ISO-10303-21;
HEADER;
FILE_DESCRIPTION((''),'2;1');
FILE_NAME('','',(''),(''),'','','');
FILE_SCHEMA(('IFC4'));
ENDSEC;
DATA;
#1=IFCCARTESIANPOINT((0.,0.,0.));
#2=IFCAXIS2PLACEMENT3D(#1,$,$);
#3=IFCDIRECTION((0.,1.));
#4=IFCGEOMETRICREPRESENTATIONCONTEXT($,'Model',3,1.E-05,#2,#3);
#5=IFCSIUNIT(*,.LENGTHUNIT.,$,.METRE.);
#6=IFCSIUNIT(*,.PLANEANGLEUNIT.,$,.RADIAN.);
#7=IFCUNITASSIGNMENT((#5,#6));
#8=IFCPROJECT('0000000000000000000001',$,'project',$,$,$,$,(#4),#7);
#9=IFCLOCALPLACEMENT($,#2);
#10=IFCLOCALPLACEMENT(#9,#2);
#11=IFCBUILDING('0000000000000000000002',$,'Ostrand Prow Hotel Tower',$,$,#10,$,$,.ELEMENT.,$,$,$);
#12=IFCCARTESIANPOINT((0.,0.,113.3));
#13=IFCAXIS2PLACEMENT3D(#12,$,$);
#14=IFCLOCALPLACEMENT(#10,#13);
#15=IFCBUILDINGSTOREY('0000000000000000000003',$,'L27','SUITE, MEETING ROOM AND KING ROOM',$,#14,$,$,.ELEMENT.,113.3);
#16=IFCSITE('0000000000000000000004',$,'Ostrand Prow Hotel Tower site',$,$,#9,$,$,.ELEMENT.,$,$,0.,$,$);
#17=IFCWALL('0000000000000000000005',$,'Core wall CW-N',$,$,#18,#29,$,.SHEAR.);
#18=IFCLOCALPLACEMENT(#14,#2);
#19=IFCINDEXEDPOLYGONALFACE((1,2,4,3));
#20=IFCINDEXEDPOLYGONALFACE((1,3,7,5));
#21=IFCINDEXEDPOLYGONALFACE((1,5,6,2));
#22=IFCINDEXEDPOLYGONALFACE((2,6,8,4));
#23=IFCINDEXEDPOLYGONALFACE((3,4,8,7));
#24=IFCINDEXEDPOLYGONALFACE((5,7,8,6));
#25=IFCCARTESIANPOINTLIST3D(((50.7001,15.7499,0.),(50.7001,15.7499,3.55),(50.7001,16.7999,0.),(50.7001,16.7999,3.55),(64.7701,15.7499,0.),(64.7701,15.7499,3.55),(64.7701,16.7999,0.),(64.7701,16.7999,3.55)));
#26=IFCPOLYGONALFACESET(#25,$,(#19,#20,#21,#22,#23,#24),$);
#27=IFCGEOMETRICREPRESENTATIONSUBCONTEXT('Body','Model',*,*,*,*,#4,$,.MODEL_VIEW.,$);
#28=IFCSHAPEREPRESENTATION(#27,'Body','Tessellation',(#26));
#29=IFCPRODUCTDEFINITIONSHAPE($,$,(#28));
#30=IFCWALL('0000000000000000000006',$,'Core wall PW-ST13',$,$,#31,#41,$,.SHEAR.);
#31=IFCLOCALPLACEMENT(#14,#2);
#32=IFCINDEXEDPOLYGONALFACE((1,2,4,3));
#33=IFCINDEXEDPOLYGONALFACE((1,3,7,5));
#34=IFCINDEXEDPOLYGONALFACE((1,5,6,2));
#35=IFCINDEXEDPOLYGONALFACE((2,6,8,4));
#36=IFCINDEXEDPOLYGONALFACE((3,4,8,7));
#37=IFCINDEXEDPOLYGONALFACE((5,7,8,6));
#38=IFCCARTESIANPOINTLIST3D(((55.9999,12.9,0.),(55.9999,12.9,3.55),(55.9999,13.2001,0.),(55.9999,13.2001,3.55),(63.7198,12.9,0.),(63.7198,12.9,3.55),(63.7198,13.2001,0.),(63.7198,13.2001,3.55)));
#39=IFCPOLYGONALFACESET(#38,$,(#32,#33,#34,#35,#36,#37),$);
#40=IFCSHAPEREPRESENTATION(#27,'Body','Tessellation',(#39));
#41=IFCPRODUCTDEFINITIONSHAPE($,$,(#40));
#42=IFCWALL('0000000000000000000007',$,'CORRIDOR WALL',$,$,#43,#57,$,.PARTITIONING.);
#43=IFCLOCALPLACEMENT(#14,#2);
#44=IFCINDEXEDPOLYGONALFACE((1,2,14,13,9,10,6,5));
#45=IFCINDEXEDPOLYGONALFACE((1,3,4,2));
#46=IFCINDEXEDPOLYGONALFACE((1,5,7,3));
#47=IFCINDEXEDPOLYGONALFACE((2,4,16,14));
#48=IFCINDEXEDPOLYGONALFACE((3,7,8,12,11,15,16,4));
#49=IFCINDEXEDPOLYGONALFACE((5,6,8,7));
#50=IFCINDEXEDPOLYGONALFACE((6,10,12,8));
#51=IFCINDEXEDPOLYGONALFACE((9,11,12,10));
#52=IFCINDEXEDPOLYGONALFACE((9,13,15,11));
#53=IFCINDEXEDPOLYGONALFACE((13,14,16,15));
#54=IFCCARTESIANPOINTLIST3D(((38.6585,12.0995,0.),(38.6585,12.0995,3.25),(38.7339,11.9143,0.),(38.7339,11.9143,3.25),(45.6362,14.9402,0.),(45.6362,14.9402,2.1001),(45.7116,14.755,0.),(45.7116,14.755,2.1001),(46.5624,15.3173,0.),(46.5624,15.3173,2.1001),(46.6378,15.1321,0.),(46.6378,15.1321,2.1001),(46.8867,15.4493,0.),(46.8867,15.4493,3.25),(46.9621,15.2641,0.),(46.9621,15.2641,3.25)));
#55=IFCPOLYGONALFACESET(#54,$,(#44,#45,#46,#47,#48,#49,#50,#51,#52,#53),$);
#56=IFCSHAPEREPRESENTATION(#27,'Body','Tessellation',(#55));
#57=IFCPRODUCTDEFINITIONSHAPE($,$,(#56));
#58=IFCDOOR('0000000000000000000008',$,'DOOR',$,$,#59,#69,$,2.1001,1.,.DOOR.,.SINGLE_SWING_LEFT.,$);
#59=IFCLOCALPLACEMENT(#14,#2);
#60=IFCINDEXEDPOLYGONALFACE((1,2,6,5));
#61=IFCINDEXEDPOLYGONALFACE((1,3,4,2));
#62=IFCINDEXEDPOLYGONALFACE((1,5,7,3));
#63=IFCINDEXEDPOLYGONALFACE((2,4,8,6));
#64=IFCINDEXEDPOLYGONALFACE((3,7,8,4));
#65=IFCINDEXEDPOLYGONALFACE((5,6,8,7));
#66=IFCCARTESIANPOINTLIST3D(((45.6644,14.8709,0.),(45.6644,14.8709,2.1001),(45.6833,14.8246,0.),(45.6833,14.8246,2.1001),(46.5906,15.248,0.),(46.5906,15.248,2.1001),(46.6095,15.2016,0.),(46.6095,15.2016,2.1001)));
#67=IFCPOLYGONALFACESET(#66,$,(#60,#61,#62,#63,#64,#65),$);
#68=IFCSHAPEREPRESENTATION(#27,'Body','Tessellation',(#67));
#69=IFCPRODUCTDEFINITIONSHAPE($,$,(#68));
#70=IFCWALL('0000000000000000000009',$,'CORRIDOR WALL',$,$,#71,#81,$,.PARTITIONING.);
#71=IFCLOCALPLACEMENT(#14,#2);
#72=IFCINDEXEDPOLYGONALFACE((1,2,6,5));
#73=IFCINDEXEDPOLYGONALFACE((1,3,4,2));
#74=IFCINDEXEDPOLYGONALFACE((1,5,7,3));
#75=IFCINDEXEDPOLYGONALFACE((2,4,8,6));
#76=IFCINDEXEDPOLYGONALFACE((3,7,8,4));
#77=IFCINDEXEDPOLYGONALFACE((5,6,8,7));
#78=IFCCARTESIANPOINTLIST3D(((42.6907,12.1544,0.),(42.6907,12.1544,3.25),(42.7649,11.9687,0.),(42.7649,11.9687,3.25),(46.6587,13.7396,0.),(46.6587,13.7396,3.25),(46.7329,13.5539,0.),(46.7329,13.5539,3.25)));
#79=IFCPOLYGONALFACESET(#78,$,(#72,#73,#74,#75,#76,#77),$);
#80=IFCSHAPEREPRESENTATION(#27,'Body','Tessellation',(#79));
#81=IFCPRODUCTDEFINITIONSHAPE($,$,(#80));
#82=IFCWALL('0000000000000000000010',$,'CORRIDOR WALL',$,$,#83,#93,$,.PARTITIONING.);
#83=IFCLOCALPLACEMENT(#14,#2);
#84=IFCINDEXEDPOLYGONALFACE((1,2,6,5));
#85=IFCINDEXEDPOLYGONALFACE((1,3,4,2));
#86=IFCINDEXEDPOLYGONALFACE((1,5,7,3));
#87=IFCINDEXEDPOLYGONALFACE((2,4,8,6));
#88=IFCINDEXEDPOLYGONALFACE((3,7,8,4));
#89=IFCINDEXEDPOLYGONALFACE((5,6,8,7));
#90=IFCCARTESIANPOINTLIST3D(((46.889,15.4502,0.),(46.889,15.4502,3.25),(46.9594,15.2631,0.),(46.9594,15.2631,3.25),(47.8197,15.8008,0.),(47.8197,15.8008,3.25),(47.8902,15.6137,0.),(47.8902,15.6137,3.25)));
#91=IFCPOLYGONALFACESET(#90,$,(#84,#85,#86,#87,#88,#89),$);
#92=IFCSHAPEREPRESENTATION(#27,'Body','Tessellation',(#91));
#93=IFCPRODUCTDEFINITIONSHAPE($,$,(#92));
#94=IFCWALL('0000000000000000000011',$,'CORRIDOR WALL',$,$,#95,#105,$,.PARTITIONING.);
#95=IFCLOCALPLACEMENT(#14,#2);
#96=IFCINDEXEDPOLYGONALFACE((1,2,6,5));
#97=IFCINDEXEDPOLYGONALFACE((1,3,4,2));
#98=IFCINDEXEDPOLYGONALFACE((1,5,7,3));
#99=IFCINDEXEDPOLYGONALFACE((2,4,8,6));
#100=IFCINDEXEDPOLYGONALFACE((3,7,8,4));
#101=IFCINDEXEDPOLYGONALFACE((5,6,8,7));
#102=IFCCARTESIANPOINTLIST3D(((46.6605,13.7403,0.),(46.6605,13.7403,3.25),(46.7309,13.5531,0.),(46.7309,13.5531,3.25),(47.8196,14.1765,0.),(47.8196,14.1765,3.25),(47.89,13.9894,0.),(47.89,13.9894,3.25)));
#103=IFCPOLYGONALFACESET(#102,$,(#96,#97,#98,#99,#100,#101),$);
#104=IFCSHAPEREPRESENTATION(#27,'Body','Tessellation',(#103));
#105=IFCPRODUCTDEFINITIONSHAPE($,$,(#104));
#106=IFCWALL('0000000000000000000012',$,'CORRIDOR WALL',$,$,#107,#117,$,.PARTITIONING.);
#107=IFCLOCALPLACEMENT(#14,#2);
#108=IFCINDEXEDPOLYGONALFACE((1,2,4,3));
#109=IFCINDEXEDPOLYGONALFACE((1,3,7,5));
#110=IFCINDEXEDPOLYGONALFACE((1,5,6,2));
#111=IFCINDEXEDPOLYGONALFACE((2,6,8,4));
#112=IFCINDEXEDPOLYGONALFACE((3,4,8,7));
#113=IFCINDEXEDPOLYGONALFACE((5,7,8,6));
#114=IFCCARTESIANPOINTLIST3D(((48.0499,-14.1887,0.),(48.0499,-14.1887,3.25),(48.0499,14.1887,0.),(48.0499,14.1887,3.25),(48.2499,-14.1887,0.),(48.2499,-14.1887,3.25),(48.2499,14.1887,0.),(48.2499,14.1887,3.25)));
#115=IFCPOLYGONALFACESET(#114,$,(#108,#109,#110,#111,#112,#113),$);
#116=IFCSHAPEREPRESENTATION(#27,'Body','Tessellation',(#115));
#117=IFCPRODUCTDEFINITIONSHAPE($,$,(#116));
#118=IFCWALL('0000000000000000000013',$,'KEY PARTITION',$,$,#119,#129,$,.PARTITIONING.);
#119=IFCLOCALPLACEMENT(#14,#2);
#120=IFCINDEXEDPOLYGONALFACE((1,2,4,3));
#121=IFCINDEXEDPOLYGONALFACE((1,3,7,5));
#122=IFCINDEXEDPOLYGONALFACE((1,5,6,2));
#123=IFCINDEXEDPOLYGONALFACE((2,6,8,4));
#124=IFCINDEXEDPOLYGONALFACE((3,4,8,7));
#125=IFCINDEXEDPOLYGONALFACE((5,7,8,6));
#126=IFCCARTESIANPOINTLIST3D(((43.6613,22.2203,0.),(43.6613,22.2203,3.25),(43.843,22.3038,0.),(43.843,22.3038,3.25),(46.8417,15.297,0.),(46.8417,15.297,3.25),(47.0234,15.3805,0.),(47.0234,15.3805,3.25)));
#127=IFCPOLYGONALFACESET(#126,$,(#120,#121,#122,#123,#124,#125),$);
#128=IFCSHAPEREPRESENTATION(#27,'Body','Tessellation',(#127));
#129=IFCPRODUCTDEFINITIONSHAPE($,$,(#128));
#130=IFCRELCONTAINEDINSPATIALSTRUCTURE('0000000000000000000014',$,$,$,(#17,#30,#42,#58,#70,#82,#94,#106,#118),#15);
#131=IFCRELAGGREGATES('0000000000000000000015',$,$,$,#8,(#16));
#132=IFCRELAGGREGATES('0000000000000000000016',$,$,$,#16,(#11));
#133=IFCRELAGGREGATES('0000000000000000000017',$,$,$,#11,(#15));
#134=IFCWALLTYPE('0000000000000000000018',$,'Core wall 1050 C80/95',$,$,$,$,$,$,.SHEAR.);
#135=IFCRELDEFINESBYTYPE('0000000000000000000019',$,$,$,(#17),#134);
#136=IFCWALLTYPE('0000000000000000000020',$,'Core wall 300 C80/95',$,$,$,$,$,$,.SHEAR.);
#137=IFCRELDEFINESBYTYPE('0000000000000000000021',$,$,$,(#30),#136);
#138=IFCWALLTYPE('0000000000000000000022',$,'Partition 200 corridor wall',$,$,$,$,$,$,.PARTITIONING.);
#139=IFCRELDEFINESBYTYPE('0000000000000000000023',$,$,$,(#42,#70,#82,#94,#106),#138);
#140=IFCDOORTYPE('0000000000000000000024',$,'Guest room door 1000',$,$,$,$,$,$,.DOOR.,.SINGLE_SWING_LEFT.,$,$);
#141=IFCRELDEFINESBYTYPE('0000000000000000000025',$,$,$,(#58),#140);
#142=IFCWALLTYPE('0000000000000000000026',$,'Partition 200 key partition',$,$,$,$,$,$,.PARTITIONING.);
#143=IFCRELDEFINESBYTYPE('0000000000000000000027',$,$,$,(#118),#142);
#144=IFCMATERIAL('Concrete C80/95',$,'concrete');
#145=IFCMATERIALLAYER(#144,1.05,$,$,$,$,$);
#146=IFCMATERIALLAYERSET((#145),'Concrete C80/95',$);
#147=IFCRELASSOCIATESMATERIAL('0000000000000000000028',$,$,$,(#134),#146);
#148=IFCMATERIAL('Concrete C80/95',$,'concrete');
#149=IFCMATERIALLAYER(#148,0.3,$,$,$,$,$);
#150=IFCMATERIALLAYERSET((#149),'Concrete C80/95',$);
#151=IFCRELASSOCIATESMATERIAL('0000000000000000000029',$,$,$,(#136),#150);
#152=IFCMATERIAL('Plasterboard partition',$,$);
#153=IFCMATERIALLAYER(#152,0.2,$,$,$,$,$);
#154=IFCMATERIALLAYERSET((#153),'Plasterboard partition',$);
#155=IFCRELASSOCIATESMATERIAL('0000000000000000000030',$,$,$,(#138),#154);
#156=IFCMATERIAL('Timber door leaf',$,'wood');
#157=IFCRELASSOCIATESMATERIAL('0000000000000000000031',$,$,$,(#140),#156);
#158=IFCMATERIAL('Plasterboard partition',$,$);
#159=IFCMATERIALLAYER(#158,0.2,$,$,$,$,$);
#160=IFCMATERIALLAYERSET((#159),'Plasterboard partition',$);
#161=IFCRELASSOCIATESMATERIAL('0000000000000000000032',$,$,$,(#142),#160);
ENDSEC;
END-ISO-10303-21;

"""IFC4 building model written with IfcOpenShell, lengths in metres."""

from ifc_helpers import new_model, si_unit, direction, frame, frame_2d, origin, place, context, subcontext, project, spatial, rectangle, extrude, material, layer, layer_set, type_object, element, fill, save


model = new_model("IFC4")

# Units and contexts
model_context = context("Model", 3, precision=1e-05, world=origin(), true_north=direction((0.0, 1.0)))
body_context = subcontext(model_context, "Body", "Model", "MODEL_VIEW")
ifc_project = project(units=[si_unit("LENGTHUNIT", "METRE"), si_unit("PLANEANGLEUNIT", "RADIAN")], contexts=[model_context])

# Site, building, storey
site_placement = place(None, origin())
site = spatial("IfcSite", under=ifc_project, at=site_placement, Name="Ostrand Prow Hotel Tower site", CompositionType="ELEMENT", RefElevation=0.0)
building_placement = place(site_placement, origin())
building = spatial("IfcBuilding", under=site, at=building_placement, Name="Ostrand Prow Hotel Tower", CompositionType="ELEMENT")
storey_placement = place(building_placement, frame((0.0, 0.0, 113.3)))
storey = spatial("IfcBuildingStorey", under=building, at=storey_placement, Name="L27", Description="SUITE, MEETING ROOM AND KING ROOM", CompositionType="ELEMENT", Elevation=113.3)

# Walls
ifc_material_1 = material(Name="Concrete C80/95", Category="concrete")
ifc_layer_1 = layer(ifc_material_1, 1.05)
ifc_layer_set_1 = layer_set([ifc_layer_1], Name="Concrete C80/95")
wall_type_1 = type_object("IfcWallType", Name="Core wall 1050 C80/95", PredefinedType="SHEAR", material=ifc_layer_set_1)
wall_1_placement = place(storey_placement, frame((50.7, 16.2749, 0.0), z_axis=(0.0, 0.0, 1.0), x_axis=(1.0, 0.0, 0.0)))
element("IfcWall", 1, at=wall_1_placement, inside=storey, type_object=wall_type_1, Name="Core wall CW-N", PredefinedType="SHEAR", context=body_context, shape_type="SweptSolid", body=[
    extrude(rectangle(XDim=14.0701, YDim=1.05, at=frame_2d((7.0352, 0.0))), origin(), (0.0, 0.0, 1.0), 3.55),
])
ifc_material_2 = material(Name="Concrete C80/95", Category="concrete")
ifc_layer_2 = layer(ifc_material_2, 0.3)
ifc_layer_set_2 = layer_set([ifc_layer_2], Name="Concrete C80/95")
wall_type_2 = type_object("IfcWallType", Name="Core wall 300 C80/95", PredefinedType="SHEAR", material=ifc_layer_set_2)
wall_2_placement = place(storey_placement, frame((56.0, 13.05, 0.0), z_axis=(0.0, 0.0, 1.0), x_axis=(1.0, 0.0, 0.0)))
element("IfcWall", 2, at=wall_2_placement, inside=storey, type_object=wall_type_2, Name="Core wall PW-ST13", PredefinedType="SHEAR", context=body_context, shape_type="SweptSolid", body=[
    extrude(rectangle(XDim=7.72, YDim=0.3, at=frame_2d((3.8599, 0.0))), origin(), (0.0, 0.0, 1.0), 3.55),
])

# Wall, opening, door
ifc_material_3 = material(Name="Plasterboard partition")
ifc_layer_3 = layer(ifc_material_3, 0.2)
ifc_layer_set_3 = layer_set([ifc_layer_3], Name="Plasterboard partition")
wall_type_3 = type_object("IfcWallType", Name="Partition 200 corridor wall", PredefinedType="PARTITIONING", material=ifc_layer_set_3)
wall_3_placement = place(storey_placement, frame((46.9243, 15.3567, 0.0), z_axis=(0.0, 0.0, 1.0), x_axis=(-0.926187, -0.377065, 0.0)))
wall_3 = element("IfcWall", 3, at=wall_3_placement, inside=storey, type_object=wall_type_3, Name="CORRIDOR WALL", PredefinedType="PARTITIONING", context=body_context, shape_type="SweptSolid", body=[
    extrude(rectangle(XDim=8.884, YDim=0.2, at=frame_2d((4.4419, 0.0))), origin(), (0.0, 0.0, 1.0), 3.25),
])
opening_placement = place(wall_3_placement, frame((0.3501, 0.0, 0.0)))
opening = element("IfcOpeningElement", 4, at=opening_placement, cuts=wall_3, PredefinedType="OPENING", context=body_context, shape_type="SweptSolid", body=[
    extrude(rectangle(XDim=1.0, YDim=2.1001, at=frame_2d((0.5, 1.05))), frame((0.0, 0.1099, 0.0), z_axis=(0.0, -1.0, 0.0), x_axis=(1.0, 0.0, 0.0)), (0.0, 0.0, 1.0), 0.22),
])
ifc_material_4 = material(Name="Timber door leaf", Category="wood")
door_type = type_object("IfcDoorType", Name="Guest room door 1000", OperationType="SINGLE_SWING_LEFT", PredefinedType="DOOR", material=ifc_material_4)
door_placement = place(opening_placement, origin())
door = element("IfcDoor", 5, at=door_placement, inside=storey, type_object=door_type, Name="DOOR", OperationType="SINGLE_SWING_LEFT", OverallHeight=2.1001, OverallWidth=1.0, PredefinedType="DOOR", context=body_context, shape_type="SweptSolid", body=[
    extrude(rectangle(XDim=1.0, YDim=2.1001, at=frame_2d((0.5, 1.05))), frame((0.0, 0.0249, 0.0), z_axis=(0.0, -1.0, 0.0), x_axis=(1.0, 0.0, 0.0)), (0.0, 0.0, 1.0), 0.05),
])
fill(opening, door)

# Walls
wall_4_placement = place(storey_placement, frame((42.7278, 12.0615, 0.0), z_axis=(0.0, 0.0, 1.0), x_axis=(0.928638, 0.370987, 0.0)))
element("IfcWall", 6, at=wall_4_placement, inside=storey, type_object=wall_type_3, Name="CORRIDOR WALL", PredefinedType="PARTITIONING", context=body_context, shape_type="SweptSolid", body=[
    extrude(rectangle(XDim=4.2729, YDim=0.2, at=frame_2d((2.1365, 0.0))), origin(), (0.0, 0.0, 1.0), 3.25),
])
wall_5_placement = place(storey_placement, frame((47.855, 15.7073, 0.0), z_axis=(0.0, 0.0, 1.0), x_axis=(-0.935804, -0.352522, 0.0)))
element("IfcWall", 7, at=wall_5_placement, inside=storey, type_object=wall_type_3, Name="CORRIDOR WALL", PredefinedType="PARTITIONING", context=body_context, shape_type="SweptSolid", body=[
    extrude(rectangle(XDim=0.9946, YDim=0.2, at=frame_2d((0.4973, 0.0))), origin(), (0.0, 0.0, 1.0), 3.25),
])
wall_6_placement = place(storey_placement, frame((46.6958, 13.6467, 0.0), z_axis=(0.0, 0.0, 1.0), x_axis=(0.935907, 0.352246, 0.0)))
element("IfcWall", 8, at=wall_6_placement, inside=storey, type_object=wall_type_3, Name="CORRIDOR WALL", PredefinedType="PARTITIONING", context=body_context, shape_type="SweptSolid", body=[
    extrude(rectangle(XDim=1.2385, YDim=0.2, at=frame_2d((0.6191, 0.0))), origin(), (0.0, 0.0, 1.0), 3.25),
])
wall_7_placement = place(storey_placement, frame((48.1499, 14.1887, 0.0), z_axis=(0.0, 0.0, 1.0), x_axis=(0.0, -1.0, 0.0)))
element("IfcWall", 9, at=wall_7_placement, inside=storey, type_object=wall_type_3, Name="CORRIDOR WALL", PredefinedType="PARTITIONING", context=body_context, shape_type="SweptSolid", body=[
    extrude(rectangle(XDim=28.3774, YDim=0.2, at=frame_2d((14.1887, 0.0))), origin(), (0.0, 0.0, 1.0), 3.25),
])
ifc_material_5 = material(Name="Plasterboard partition")
ifc_layer_4 = layer(ifc_material_5, 0.2)
ifc_layer_set_4 = layer_set([ifc_layer_4], Name="Plasterboard partition")
wall_type_4 = type_object("IfcWallType", Name="Partition 200 key partition", PredefinedType="PARTITIONING", material=ifc_layer_set_4)
wall_8_placement = place(storey_placement, frame((46.9326, 15.3386, 0.0), z_axis=(0.0, 0.0, 1.0), x_axis=(-0.417438, 0.908705, 0.0)))
element("IfcWall", 10, at=wall_8_placement, inside=storey, type_object=wall_type_4, Name="KEY PARTITION", PredefinedType="PARTITIONING", context=body_context, shape_type="SweptSolid", body=[
    extrude(rectangle(XDim=7.6189, YDim=0.2, at=frame_2d((3.8096, 0.0))), origin(), (0.0, 0.0, 1.0), 3.25),
])

save(model, "model.ifc")
